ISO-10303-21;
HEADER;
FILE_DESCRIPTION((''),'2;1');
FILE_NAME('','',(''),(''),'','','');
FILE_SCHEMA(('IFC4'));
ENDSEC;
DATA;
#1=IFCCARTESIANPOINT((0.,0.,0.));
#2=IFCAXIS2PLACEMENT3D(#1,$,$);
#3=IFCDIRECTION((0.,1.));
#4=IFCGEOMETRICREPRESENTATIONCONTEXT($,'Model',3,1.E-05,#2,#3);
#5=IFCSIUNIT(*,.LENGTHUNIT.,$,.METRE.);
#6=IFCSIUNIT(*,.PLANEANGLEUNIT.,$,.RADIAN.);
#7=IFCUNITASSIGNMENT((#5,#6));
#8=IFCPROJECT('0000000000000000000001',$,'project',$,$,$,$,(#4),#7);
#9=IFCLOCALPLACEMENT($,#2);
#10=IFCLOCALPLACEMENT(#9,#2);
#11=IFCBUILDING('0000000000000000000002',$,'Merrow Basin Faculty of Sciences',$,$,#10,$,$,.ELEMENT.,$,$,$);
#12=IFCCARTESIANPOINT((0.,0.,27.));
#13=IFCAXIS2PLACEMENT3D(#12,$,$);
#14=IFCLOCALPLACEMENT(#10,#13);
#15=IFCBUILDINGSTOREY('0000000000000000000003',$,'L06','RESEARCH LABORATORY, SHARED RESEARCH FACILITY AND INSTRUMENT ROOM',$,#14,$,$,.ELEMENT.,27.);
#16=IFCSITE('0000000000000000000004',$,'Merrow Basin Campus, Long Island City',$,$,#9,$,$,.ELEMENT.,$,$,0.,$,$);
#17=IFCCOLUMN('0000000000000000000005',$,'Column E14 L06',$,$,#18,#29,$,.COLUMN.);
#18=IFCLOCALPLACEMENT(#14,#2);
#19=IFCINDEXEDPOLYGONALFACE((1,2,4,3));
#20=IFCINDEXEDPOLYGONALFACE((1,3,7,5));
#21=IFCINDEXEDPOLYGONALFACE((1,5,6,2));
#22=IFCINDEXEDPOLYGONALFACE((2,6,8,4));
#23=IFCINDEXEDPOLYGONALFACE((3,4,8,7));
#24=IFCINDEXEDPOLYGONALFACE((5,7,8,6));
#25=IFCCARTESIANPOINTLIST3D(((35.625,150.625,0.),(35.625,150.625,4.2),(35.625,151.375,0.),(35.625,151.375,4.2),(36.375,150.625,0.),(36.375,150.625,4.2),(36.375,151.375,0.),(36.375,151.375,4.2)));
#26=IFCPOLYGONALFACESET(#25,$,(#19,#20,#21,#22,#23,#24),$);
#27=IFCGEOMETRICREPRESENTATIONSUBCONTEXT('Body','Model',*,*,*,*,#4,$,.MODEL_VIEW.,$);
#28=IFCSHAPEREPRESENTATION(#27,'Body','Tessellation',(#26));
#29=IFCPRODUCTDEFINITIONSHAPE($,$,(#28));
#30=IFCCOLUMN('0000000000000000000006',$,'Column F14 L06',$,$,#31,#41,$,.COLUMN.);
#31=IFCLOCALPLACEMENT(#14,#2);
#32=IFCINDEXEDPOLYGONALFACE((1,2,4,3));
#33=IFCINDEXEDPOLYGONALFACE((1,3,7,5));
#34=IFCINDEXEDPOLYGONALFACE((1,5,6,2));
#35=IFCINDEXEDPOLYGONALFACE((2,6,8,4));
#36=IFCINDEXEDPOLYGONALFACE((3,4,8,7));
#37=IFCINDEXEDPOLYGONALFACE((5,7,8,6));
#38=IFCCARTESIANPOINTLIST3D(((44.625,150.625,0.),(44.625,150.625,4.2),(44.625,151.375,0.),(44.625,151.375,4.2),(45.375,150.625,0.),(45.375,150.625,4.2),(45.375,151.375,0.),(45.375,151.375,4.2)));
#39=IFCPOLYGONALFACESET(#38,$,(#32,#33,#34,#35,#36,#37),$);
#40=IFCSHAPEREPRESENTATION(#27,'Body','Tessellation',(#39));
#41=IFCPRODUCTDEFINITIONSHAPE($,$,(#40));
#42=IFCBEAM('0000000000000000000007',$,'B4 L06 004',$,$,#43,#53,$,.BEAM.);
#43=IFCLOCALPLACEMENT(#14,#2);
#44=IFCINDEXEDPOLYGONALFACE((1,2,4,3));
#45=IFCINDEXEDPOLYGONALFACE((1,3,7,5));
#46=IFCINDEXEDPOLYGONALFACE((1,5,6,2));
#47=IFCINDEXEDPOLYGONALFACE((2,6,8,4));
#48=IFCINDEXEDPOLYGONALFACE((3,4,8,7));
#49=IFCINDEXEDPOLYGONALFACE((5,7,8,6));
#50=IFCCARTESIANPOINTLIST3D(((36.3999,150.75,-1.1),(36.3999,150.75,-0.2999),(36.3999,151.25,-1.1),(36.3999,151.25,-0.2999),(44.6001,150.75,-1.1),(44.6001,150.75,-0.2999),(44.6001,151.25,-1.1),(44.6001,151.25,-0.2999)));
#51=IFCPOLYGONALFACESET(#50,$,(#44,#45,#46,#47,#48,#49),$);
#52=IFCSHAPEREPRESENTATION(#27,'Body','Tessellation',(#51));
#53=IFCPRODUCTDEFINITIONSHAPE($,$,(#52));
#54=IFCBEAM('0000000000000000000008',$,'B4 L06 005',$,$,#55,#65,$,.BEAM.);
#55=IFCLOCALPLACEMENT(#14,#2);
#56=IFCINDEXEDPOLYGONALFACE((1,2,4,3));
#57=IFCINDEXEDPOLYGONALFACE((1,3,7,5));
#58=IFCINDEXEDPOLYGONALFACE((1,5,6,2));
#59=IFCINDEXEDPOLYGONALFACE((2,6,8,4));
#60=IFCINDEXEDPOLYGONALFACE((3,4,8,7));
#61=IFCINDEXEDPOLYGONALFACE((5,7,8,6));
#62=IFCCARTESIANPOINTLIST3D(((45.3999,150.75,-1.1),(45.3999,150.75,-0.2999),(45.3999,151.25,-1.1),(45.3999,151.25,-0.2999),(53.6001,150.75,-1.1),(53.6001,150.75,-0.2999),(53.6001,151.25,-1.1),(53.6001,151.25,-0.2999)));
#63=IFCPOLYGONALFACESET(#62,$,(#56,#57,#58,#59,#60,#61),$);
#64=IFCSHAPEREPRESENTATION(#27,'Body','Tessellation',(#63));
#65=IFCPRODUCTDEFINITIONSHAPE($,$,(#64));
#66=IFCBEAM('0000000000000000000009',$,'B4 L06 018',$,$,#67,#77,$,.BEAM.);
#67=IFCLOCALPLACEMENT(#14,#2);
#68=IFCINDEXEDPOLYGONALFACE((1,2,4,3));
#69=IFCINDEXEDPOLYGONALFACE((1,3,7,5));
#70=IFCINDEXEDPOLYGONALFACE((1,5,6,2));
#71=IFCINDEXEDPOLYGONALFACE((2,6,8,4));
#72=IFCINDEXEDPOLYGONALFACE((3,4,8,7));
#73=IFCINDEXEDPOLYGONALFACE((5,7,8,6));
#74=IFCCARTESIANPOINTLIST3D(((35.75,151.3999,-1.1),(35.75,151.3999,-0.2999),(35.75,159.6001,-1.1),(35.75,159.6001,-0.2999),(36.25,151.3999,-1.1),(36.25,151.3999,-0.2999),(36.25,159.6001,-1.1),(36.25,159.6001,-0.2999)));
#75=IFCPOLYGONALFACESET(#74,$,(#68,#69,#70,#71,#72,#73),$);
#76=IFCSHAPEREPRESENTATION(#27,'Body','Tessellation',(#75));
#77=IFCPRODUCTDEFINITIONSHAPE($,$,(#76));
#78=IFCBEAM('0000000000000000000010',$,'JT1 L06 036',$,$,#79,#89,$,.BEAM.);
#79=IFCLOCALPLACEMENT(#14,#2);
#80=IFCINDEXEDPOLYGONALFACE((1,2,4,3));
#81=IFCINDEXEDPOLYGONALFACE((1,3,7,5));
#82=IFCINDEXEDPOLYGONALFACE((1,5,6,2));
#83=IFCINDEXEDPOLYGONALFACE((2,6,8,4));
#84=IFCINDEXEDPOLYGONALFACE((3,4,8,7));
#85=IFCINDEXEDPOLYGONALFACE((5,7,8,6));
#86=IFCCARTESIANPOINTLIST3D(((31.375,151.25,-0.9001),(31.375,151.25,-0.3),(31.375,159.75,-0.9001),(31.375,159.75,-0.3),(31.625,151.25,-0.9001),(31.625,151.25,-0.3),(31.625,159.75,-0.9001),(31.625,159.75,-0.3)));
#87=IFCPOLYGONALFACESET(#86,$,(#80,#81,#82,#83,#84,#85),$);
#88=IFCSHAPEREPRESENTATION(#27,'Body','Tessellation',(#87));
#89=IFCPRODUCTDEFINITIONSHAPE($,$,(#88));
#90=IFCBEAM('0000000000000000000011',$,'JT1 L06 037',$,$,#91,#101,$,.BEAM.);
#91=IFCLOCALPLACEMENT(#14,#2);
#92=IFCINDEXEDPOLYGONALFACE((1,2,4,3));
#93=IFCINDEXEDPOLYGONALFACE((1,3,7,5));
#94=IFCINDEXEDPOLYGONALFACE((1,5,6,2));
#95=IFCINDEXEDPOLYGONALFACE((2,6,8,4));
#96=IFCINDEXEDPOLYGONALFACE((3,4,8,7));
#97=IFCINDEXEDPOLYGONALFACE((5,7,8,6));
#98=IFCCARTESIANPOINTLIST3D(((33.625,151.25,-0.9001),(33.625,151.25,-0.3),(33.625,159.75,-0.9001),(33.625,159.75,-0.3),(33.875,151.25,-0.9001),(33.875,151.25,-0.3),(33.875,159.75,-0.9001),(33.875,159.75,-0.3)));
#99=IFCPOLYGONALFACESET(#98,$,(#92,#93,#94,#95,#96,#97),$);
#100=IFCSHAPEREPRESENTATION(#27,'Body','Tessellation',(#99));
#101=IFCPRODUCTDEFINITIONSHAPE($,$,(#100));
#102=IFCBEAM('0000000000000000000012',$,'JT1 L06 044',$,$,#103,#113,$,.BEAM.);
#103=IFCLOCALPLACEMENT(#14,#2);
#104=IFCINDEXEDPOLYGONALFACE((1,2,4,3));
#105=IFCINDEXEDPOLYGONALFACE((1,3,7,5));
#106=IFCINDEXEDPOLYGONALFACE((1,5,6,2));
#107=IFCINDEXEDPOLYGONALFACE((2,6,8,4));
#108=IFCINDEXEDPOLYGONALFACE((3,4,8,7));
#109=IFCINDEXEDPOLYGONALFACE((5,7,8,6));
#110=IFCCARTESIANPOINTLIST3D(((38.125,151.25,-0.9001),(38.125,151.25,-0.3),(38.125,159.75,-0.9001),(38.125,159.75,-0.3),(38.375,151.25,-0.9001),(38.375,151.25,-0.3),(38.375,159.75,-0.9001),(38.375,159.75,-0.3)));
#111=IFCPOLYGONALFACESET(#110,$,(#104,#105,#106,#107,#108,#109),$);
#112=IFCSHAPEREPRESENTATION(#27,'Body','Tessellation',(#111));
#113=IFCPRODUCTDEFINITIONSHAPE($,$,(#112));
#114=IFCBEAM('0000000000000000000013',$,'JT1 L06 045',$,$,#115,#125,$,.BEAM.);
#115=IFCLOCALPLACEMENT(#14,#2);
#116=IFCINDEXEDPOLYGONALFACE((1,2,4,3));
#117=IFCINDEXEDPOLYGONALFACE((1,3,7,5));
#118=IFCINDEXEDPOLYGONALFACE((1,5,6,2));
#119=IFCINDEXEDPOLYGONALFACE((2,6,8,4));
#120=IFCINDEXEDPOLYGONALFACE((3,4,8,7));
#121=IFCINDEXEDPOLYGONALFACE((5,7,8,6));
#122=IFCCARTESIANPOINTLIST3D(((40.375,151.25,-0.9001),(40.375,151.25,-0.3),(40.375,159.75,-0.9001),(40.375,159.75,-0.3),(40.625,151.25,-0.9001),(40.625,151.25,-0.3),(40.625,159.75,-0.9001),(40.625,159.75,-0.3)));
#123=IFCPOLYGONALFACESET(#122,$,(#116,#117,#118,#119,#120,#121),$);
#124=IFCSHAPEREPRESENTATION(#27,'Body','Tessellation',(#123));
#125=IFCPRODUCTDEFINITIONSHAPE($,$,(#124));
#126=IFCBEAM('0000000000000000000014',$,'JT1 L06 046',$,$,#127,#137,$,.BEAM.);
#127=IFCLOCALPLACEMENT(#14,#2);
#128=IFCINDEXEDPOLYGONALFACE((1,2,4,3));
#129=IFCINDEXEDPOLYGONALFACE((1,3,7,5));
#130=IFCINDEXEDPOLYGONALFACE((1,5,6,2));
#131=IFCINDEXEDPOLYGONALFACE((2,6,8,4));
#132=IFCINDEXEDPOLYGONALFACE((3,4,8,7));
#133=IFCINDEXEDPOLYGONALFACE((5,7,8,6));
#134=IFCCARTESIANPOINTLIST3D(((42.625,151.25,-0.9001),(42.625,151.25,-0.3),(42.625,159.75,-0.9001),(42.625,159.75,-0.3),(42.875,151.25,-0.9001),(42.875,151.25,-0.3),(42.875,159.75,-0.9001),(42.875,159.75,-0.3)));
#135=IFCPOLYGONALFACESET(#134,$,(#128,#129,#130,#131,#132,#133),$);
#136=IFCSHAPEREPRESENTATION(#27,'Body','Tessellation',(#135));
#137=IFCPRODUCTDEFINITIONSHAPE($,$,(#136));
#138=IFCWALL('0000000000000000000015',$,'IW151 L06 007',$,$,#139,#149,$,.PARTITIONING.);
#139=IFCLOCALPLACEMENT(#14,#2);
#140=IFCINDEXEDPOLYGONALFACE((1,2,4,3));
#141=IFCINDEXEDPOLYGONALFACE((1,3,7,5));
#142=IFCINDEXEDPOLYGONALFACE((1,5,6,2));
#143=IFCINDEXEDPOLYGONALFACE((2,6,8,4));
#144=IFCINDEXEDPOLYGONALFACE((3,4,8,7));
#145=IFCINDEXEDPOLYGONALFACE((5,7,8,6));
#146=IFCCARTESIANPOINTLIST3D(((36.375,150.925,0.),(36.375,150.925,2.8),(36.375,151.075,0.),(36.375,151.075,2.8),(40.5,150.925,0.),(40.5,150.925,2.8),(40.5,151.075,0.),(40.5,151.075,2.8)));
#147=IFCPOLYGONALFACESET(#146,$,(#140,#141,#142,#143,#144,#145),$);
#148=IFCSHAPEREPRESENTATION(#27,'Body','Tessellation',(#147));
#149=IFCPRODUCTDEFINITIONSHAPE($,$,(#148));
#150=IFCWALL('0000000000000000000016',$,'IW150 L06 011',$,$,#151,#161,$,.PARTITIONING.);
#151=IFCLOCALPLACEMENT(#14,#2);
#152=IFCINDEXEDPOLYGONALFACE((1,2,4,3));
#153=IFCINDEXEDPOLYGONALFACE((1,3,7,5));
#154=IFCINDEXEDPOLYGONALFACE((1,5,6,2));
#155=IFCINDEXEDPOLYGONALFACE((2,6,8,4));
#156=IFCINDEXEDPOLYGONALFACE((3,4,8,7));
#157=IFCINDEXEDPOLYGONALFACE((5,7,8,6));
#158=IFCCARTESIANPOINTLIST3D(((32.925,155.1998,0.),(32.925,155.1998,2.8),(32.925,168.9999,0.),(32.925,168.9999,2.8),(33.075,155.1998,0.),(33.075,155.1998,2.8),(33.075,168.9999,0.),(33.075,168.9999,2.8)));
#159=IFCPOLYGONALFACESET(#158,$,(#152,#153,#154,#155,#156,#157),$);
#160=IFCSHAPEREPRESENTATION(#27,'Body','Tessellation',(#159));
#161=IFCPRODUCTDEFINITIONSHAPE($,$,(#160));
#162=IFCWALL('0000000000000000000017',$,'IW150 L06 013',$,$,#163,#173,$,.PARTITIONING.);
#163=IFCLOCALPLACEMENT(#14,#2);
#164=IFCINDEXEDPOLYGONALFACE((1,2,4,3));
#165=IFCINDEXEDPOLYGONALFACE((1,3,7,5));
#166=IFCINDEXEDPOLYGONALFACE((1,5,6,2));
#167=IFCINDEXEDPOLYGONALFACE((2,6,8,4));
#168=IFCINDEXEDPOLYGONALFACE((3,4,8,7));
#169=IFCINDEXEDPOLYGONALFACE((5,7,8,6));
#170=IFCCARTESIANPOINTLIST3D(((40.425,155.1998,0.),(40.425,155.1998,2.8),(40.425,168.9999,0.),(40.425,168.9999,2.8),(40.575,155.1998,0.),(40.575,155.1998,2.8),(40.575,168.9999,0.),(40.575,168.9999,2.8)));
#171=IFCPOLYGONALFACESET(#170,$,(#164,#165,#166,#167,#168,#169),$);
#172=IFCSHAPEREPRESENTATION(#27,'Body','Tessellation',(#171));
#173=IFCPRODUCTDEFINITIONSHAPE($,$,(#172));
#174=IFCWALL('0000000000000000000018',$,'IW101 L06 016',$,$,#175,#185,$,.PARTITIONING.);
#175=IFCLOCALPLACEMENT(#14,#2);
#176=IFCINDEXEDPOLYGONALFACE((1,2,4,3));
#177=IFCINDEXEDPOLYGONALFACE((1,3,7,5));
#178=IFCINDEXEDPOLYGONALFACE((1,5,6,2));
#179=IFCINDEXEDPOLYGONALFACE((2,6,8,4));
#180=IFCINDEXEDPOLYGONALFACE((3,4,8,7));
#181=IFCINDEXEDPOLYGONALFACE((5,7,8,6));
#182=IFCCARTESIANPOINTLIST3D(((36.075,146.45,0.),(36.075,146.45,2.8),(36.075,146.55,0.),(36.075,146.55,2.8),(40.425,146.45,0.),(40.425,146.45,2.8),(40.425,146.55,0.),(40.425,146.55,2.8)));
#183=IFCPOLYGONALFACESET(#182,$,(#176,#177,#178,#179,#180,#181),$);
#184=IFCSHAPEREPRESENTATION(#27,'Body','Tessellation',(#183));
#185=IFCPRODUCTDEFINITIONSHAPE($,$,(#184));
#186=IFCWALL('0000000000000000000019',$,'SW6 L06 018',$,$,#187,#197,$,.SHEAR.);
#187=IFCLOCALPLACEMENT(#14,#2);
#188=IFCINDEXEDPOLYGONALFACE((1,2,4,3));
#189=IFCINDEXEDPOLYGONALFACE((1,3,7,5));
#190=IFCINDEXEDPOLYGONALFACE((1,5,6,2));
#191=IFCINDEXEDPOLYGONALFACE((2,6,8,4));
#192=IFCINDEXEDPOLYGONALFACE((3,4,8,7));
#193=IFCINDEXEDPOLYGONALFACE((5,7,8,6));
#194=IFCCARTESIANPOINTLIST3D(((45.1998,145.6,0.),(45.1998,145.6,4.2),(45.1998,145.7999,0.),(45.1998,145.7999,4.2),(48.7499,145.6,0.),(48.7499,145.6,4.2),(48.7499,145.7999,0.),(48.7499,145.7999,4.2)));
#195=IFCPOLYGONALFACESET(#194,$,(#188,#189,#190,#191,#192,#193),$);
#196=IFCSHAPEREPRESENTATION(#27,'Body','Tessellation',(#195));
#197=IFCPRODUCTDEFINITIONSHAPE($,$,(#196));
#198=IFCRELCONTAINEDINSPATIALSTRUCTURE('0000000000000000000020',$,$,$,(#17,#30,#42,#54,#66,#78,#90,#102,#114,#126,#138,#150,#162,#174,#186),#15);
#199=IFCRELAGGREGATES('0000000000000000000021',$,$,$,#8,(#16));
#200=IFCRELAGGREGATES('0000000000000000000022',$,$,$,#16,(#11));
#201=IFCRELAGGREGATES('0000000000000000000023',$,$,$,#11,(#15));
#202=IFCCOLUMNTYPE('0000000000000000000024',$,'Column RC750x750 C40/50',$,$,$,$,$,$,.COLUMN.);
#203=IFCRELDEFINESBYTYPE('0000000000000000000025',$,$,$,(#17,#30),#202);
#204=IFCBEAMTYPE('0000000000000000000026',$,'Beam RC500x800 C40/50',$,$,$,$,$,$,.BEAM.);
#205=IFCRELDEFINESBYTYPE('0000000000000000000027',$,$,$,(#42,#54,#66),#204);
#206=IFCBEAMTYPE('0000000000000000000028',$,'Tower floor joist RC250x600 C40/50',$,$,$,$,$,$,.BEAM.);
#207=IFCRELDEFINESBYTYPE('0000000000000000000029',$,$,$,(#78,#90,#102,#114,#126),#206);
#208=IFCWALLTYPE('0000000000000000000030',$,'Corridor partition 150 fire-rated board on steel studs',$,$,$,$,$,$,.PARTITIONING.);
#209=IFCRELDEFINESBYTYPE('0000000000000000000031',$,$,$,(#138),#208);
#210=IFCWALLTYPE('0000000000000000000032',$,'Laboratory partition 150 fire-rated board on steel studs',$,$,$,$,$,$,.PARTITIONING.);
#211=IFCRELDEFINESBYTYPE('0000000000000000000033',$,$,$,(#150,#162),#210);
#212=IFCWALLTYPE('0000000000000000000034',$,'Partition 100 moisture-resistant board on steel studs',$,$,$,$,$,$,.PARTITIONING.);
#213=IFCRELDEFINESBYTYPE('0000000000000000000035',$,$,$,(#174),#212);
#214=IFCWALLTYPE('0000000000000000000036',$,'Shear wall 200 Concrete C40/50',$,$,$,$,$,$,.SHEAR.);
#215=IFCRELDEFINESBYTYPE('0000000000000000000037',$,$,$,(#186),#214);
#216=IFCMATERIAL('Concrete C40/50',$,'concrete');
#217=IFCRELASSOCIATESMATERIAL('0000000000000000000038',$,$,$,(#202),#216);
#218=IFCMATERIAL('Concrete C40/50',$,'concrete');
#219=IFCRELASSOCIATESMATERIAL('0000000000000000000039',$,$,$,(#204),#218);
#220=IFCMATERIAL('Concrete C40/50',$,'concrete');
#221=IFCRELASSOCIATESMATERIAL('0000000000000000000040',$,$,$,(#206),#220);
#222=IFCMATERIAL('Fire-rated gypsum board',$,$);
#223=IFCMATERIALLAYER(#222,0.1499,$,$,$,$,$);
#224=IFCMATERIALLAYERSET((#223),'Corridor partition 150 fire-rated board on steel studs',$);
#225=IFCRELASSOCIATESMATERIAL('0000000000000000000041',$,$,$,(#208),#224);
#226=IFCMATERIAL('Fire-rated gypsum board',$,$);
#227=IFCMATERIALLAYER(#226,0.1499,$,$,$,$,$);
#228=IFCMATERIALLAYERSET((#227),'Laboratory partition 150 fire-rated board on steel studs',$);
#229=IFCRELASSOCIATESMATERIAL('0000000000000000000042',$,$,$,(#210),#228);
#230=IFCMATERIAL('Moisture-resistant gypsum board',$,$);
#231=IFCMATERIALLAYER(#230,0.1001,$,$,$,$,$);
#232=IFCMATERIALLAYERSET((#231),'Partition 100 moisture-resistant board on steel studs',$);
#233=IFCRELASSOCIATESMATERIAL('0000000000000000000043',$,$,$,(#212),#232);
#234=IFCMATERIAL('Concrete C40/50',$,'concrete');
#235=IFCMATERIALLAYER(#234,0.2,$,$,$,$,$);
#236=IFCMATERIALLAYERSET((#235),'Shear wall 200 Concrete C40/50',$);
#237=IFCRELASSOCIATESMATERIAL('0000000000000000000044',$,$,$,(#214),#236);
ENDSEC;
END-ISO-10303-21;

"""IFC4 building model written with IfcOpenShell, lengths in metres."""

from ifc_helpers import new_model, si_unit, direction, frame, frame_2d, origin, origin_2d, place, context, subcontext, project, spatial, rectangle, extrude, material, layer, layer_set, material_profile, profile_set, type_object, element, save


model = new_model("IFC4")

# Units and contexts
model_context = context("Model", 3, precision=1e-05, world=origin(), true_north=direction((0.0, 1.0)))
body_context = subcontext(model_context, "Body", "Model", "MODEL_VIEW")
ifc_project = project(units=[si_unit("LENGTHUNIT", "METRE"), si_unit("PLANEANGLEUNIT", "RADIAN")], contexts=[model_context])

# Site, building, storey
site_placement = place(None, origin())
site = spatial("IfcSite", under=ifc_project, at=site_placement, Name="Merrow Basin Campus, Long Island City", CompositionType="ELEMENT", RefElevation=0.0)
building_placement = place(site_placement, origin())
building = spatial("IfcBuilding", under=site, at=building_placement, Name="Merrow Basin Faculty of Sciences", CompositionType="ELEMENT")
storey_placement = place(building_placement, frame((0.0, 0.0, 27.0)))
storey = spatial("IfcBuildingStorey", under=building, at=storey_placement, Name="L06", Description="RESEARCH LABORATORY, SHARED RESEARCH FACILITY AND INSTRUMENT ROOM", CompositionType="ELEMENT", Elevation=27.0)

# Columns
ifc_material_1 = material(Name="Concrete C40/50", Category="concrete")
ifc_material_profile_1 = material_profile(ifc_material_1, rectangle(XDim=0.75, YDim=0.75, at=origin_2d()))
ifc_profile_set_1 = profile_set([ifc_material_profile_1], Name="Concrete C40/50")
column_type = type_object("IfcColumnType", Name="Column RC750x750 C40/50", PredefinedType="COLUMN", material=ifc_profile_set_1)
for number, where, z_axis, x_axis, name in (
    (1, (36.0, 151.0, 0.0), (0.0, 0.0, 1.0), (1.0, 0.0, 0.0), "Column E14 L06"),
    (2, (45.0, 151.0, 0.0), (0.0, 0.0, 1.0), (1.0, 0.0, 0.0), "Column F14 L06"),
):
    element("IfcColumn", number, at=place(storey_placement, frame(where, z_axis=z_axis, x_axis=x_axis)), inside=storey, type_object=column_type, Name=name, PredefinedType="COLUMN", context=body_context, shape_type="SweptSolid", body=[
        extrude(rectangle(XDim=0.75, YDim=0.75, at=origin_2d()), origin(), (0.0, 0.0, 1.0), 4.2),
    ])

# Beams
ifc_material_2 = material(Name="Concrete C40/50", Category="concrete")
ifc_material_profile_2 = material_profile(ifc_material_2, rectangle(XDim=0.5, YDim=0.8, at=origin_2d()))
ifc_profile_set_2 = profile_set([ifc_material_profile_2], Name="Concrete C40/50")
beam_type_1 = type_object("IfcBeamType", Name="Beam RC500x800 C40/50", PredefinedType="BEAM", material=ifc_profile_set_2)
for number, where, z_axis, x_axis, name in (
    (3, (36.3999, 151.0, -0.7), (1.0, 0.0, 0.0), (0.0, 1.0, 0.0), "B4 L06 004"),
    (4, (45.3999, 151.0, -0.7), (1.0, 0.0, 0.0), (0.0, 1.0, 0.0), "B4 L06 005"),
    (5, (36.0, 151.3999, -0.7), (0.0, 1.0, 0.0), (-1.0, 0.0, 0.0), "B4 L06 018"),
):
    element("IfcBeam", number, at=place(storey_placement, frame(where, z_axis=z_axis, x_axis=x_axis)), inside=storey, type_object=beam_type_1, Name=name, PredefinedType="BEAM", context=body_context, shape_type="SweptSolid", body=[
        extrude(rectangle(XDim=0.5, YDim=0.8, at=origin_2d()), origin(), (0.0, 0.0, 1.0), 8.2002),
    ])
ifc_material_3 = material(Name="Concrete C40/50", Category="concrete")
ifc_material_profile_3 = material_profile(ifc_material_3, rectangle(XDim=0.25, YDim=0.6001, at=origin_2d()))
ifc_profile_set_3 = profile_set([ifc_material_profile_3], Name="Concrete C40/50")
beam_type_2 = type_object("IfcBeamType", Name="Tower floor joist RC250x600 C40/50", PredefinedType="BEAM", material=ifc_profile_set_3)
for number, where, z_axis, x_axis, name in (
    (6, (31.5, 151.25, -0.6001), (0.0, 1.0, 0.0), (-1.0, 0.0, 0.0), "JT1 L06 036"),
    (7, (33.75, 151.25, -0.6001), (0.0, 1.0, 0.0), (-1.0, 0.0, 0.0), "JT1 L06 037"),
    (8, (38.25, 151.25, -0.6001), (0.0, 1.0, 0.0), (-1.0, 0.0, 0.0), "JT1 L06 044"),
    (9, (40.5, 151.25, -0.6001), (0.0, 1.0, 0.0), (-1.0, 0.0, 0.0), "JT1 L06 045"),
    (10, (42.75, 151.25, -0.6001), (0.0, 1.0, 0.0), (-1.0, 0.0, 0.0), "JT1 L06 046"),
):
    element("IfcBeam", number, at=place(storey_placement, frame(where, z_axis=z_axis, x_axis=x_axis)), inside=storey, type_object=beam_type_2, Name=name, PredefinedType="BEAM", context=body_context, shape_type="SweptSolid", body=[
        extrude(rectangle(XDim=0.25, YDim=0.6001, at=origin_2d()), origin(), (0.0, 0.0, 1.0), 8.5),
    ])

# Walls
ifc_material_4 = material(Name="Fire-rated gypsum board")
ifc_layer_1 = layer(ifc_material_4, 0.1499)
ifc_layer_set_1 = layer_set([ifc_layer_1], Name="Corridor partition 150 fire-rated board on steel studs")
wall_type_1 = type_object("IfcWallType", Name="Corridor partition 150 fire-rated board on steel studs", PredefinedType="PARTITIONING", material=ifc_layer_set_1)
wall_1_placement = place(storey_placement, frame((36.375, 151.0, 0.0), z_axis=(0.0, 0.0, 1.0), x_axis=(1.0, 0.0, 0.0)))
element("IfcWall", 11, at=wall_1_placement, inside=storey, type_object=wall_type_1, Name="IW151 L06 007", PredefinedType="PARTITIONING", context=body_context, shape_type="SweptSolid", body=[
    extrude(rectangle(XDim=4.125, YDim=0.1499, at=frame_2d((2.0625, 0.0))), origin(), (0.0, 0.0, 1.0), 2.8),
])
ifc_material_5 = material(Name="Fire-rated gypsum board")
ifc_layer_2 = layer(ifc_material_5, 0.1499)
ifc_layer_set_2 = layer_set([ifc_layer_2], Name="Laboratory partition 150 fire-rated board on steel studs")
wall_type_2 = type_object("IfcWallType", Name="Laboratory partition 150 fire-rated board on steel studs", PredefinedType="PARTITIONING", material=ifc_layer_set_2)
for number, where, z_axis, x_axis, name in (
    (12, (33.0, 155.2, 0.0), (0.0, 0.0, 1.0), (0.0, 1.0, 0.0), "IW150 L06 011"),
    (13, (40.5, 155.2, 0.0), (0.0, 0.0, 1.0), (0.0, 1.0, 0.0), "IW150 L06 013"),
):
    element("IfcWall", number, at=place(storey_placement, frame(where, z_axis=z_axis, x_axis=x_axis)), inside=storey, type_object=wall_type_2, Name=name, PredefinedType="PARTITIONING", context=body_context, shape_type="SweptSolid", body=[
        extrude(rectangle(XDim=13.8, YDim=0.1499, at=frame_2d((6.8999, 0.0))), origin(), (0.0, 0.0, 1.0), 2.8),
    ])
ifc_material_6 = material(Name="Moisture-resistant gypsum board")
ifc_layer_3 = layer(ifc_material_6, 0.1001)
ifc_layer_set_3 = layer_set([ifc_layer_3], Name="Partition 100 moisture-resistant board on steel studs")
wall_type_3 = type_object("IfcWallType", Name="Partition 100 moisture-resistant board on steel studs", PredefinedType="PARTITIONING", material=ifc_layer_set_3)
wall_2_placement = place(storey_placement, frame((36.075, 146.5, 0.0), z_axis=(0.0, 0.0, 1.0), x_axis=(1.0, 0.0, 0.0)))
element("IfcWall", 14, at=wall_2_placement, inside=storey, type_object=wall_type_3, Name="IW101 L06 016", PredefinedType="PARTITIONING", context=body_context, shape_type="SweptSolid", body=[
    extrude(rectangle(XDim=4.3501, YDim=0.1001, at=frame_2d((2.175, 0.0))), origin(), (0.0, 0.0, 1.0), 2.8),
])
ifc_material_7 = material(Name="Concrete C40/50", Category="concrete")
ifc_layer_4 = layer(ifc_material_7, 0.2)
ifc_layer_set_4 = layer_set([ifc_layer_4], Name="Shear wall 200 Concrete C40/50")
wall_type_4 = type_object("IfcWallType", Name="Shear wall 200 Concrete C40/50", PredefinedType="SHEAR", material=ifc_layer_set_4)
wall_3_placement = place(storey_placement, frame((45.2, 145.7, 0.0), z_axis=(0.0, 0.0, 1.0), x_axis=(1.0, 0.0, 0.0)))
element("IfcWall", 15, at=wall_3_placement, inside=storey, type_object=wall_type_4, Name="SW6 L06 018", PredefinedType="SHEAR", context=body_context, shape_type="SweptSolid", body=[
    extrude(rectangle(XDim=3.55, YDim=0.2, at=frame_2d((1.7749, 0.0))), origin(), (0.0, 0.0, 1.0), 4.2),
])

save(model, "model.ifc")
